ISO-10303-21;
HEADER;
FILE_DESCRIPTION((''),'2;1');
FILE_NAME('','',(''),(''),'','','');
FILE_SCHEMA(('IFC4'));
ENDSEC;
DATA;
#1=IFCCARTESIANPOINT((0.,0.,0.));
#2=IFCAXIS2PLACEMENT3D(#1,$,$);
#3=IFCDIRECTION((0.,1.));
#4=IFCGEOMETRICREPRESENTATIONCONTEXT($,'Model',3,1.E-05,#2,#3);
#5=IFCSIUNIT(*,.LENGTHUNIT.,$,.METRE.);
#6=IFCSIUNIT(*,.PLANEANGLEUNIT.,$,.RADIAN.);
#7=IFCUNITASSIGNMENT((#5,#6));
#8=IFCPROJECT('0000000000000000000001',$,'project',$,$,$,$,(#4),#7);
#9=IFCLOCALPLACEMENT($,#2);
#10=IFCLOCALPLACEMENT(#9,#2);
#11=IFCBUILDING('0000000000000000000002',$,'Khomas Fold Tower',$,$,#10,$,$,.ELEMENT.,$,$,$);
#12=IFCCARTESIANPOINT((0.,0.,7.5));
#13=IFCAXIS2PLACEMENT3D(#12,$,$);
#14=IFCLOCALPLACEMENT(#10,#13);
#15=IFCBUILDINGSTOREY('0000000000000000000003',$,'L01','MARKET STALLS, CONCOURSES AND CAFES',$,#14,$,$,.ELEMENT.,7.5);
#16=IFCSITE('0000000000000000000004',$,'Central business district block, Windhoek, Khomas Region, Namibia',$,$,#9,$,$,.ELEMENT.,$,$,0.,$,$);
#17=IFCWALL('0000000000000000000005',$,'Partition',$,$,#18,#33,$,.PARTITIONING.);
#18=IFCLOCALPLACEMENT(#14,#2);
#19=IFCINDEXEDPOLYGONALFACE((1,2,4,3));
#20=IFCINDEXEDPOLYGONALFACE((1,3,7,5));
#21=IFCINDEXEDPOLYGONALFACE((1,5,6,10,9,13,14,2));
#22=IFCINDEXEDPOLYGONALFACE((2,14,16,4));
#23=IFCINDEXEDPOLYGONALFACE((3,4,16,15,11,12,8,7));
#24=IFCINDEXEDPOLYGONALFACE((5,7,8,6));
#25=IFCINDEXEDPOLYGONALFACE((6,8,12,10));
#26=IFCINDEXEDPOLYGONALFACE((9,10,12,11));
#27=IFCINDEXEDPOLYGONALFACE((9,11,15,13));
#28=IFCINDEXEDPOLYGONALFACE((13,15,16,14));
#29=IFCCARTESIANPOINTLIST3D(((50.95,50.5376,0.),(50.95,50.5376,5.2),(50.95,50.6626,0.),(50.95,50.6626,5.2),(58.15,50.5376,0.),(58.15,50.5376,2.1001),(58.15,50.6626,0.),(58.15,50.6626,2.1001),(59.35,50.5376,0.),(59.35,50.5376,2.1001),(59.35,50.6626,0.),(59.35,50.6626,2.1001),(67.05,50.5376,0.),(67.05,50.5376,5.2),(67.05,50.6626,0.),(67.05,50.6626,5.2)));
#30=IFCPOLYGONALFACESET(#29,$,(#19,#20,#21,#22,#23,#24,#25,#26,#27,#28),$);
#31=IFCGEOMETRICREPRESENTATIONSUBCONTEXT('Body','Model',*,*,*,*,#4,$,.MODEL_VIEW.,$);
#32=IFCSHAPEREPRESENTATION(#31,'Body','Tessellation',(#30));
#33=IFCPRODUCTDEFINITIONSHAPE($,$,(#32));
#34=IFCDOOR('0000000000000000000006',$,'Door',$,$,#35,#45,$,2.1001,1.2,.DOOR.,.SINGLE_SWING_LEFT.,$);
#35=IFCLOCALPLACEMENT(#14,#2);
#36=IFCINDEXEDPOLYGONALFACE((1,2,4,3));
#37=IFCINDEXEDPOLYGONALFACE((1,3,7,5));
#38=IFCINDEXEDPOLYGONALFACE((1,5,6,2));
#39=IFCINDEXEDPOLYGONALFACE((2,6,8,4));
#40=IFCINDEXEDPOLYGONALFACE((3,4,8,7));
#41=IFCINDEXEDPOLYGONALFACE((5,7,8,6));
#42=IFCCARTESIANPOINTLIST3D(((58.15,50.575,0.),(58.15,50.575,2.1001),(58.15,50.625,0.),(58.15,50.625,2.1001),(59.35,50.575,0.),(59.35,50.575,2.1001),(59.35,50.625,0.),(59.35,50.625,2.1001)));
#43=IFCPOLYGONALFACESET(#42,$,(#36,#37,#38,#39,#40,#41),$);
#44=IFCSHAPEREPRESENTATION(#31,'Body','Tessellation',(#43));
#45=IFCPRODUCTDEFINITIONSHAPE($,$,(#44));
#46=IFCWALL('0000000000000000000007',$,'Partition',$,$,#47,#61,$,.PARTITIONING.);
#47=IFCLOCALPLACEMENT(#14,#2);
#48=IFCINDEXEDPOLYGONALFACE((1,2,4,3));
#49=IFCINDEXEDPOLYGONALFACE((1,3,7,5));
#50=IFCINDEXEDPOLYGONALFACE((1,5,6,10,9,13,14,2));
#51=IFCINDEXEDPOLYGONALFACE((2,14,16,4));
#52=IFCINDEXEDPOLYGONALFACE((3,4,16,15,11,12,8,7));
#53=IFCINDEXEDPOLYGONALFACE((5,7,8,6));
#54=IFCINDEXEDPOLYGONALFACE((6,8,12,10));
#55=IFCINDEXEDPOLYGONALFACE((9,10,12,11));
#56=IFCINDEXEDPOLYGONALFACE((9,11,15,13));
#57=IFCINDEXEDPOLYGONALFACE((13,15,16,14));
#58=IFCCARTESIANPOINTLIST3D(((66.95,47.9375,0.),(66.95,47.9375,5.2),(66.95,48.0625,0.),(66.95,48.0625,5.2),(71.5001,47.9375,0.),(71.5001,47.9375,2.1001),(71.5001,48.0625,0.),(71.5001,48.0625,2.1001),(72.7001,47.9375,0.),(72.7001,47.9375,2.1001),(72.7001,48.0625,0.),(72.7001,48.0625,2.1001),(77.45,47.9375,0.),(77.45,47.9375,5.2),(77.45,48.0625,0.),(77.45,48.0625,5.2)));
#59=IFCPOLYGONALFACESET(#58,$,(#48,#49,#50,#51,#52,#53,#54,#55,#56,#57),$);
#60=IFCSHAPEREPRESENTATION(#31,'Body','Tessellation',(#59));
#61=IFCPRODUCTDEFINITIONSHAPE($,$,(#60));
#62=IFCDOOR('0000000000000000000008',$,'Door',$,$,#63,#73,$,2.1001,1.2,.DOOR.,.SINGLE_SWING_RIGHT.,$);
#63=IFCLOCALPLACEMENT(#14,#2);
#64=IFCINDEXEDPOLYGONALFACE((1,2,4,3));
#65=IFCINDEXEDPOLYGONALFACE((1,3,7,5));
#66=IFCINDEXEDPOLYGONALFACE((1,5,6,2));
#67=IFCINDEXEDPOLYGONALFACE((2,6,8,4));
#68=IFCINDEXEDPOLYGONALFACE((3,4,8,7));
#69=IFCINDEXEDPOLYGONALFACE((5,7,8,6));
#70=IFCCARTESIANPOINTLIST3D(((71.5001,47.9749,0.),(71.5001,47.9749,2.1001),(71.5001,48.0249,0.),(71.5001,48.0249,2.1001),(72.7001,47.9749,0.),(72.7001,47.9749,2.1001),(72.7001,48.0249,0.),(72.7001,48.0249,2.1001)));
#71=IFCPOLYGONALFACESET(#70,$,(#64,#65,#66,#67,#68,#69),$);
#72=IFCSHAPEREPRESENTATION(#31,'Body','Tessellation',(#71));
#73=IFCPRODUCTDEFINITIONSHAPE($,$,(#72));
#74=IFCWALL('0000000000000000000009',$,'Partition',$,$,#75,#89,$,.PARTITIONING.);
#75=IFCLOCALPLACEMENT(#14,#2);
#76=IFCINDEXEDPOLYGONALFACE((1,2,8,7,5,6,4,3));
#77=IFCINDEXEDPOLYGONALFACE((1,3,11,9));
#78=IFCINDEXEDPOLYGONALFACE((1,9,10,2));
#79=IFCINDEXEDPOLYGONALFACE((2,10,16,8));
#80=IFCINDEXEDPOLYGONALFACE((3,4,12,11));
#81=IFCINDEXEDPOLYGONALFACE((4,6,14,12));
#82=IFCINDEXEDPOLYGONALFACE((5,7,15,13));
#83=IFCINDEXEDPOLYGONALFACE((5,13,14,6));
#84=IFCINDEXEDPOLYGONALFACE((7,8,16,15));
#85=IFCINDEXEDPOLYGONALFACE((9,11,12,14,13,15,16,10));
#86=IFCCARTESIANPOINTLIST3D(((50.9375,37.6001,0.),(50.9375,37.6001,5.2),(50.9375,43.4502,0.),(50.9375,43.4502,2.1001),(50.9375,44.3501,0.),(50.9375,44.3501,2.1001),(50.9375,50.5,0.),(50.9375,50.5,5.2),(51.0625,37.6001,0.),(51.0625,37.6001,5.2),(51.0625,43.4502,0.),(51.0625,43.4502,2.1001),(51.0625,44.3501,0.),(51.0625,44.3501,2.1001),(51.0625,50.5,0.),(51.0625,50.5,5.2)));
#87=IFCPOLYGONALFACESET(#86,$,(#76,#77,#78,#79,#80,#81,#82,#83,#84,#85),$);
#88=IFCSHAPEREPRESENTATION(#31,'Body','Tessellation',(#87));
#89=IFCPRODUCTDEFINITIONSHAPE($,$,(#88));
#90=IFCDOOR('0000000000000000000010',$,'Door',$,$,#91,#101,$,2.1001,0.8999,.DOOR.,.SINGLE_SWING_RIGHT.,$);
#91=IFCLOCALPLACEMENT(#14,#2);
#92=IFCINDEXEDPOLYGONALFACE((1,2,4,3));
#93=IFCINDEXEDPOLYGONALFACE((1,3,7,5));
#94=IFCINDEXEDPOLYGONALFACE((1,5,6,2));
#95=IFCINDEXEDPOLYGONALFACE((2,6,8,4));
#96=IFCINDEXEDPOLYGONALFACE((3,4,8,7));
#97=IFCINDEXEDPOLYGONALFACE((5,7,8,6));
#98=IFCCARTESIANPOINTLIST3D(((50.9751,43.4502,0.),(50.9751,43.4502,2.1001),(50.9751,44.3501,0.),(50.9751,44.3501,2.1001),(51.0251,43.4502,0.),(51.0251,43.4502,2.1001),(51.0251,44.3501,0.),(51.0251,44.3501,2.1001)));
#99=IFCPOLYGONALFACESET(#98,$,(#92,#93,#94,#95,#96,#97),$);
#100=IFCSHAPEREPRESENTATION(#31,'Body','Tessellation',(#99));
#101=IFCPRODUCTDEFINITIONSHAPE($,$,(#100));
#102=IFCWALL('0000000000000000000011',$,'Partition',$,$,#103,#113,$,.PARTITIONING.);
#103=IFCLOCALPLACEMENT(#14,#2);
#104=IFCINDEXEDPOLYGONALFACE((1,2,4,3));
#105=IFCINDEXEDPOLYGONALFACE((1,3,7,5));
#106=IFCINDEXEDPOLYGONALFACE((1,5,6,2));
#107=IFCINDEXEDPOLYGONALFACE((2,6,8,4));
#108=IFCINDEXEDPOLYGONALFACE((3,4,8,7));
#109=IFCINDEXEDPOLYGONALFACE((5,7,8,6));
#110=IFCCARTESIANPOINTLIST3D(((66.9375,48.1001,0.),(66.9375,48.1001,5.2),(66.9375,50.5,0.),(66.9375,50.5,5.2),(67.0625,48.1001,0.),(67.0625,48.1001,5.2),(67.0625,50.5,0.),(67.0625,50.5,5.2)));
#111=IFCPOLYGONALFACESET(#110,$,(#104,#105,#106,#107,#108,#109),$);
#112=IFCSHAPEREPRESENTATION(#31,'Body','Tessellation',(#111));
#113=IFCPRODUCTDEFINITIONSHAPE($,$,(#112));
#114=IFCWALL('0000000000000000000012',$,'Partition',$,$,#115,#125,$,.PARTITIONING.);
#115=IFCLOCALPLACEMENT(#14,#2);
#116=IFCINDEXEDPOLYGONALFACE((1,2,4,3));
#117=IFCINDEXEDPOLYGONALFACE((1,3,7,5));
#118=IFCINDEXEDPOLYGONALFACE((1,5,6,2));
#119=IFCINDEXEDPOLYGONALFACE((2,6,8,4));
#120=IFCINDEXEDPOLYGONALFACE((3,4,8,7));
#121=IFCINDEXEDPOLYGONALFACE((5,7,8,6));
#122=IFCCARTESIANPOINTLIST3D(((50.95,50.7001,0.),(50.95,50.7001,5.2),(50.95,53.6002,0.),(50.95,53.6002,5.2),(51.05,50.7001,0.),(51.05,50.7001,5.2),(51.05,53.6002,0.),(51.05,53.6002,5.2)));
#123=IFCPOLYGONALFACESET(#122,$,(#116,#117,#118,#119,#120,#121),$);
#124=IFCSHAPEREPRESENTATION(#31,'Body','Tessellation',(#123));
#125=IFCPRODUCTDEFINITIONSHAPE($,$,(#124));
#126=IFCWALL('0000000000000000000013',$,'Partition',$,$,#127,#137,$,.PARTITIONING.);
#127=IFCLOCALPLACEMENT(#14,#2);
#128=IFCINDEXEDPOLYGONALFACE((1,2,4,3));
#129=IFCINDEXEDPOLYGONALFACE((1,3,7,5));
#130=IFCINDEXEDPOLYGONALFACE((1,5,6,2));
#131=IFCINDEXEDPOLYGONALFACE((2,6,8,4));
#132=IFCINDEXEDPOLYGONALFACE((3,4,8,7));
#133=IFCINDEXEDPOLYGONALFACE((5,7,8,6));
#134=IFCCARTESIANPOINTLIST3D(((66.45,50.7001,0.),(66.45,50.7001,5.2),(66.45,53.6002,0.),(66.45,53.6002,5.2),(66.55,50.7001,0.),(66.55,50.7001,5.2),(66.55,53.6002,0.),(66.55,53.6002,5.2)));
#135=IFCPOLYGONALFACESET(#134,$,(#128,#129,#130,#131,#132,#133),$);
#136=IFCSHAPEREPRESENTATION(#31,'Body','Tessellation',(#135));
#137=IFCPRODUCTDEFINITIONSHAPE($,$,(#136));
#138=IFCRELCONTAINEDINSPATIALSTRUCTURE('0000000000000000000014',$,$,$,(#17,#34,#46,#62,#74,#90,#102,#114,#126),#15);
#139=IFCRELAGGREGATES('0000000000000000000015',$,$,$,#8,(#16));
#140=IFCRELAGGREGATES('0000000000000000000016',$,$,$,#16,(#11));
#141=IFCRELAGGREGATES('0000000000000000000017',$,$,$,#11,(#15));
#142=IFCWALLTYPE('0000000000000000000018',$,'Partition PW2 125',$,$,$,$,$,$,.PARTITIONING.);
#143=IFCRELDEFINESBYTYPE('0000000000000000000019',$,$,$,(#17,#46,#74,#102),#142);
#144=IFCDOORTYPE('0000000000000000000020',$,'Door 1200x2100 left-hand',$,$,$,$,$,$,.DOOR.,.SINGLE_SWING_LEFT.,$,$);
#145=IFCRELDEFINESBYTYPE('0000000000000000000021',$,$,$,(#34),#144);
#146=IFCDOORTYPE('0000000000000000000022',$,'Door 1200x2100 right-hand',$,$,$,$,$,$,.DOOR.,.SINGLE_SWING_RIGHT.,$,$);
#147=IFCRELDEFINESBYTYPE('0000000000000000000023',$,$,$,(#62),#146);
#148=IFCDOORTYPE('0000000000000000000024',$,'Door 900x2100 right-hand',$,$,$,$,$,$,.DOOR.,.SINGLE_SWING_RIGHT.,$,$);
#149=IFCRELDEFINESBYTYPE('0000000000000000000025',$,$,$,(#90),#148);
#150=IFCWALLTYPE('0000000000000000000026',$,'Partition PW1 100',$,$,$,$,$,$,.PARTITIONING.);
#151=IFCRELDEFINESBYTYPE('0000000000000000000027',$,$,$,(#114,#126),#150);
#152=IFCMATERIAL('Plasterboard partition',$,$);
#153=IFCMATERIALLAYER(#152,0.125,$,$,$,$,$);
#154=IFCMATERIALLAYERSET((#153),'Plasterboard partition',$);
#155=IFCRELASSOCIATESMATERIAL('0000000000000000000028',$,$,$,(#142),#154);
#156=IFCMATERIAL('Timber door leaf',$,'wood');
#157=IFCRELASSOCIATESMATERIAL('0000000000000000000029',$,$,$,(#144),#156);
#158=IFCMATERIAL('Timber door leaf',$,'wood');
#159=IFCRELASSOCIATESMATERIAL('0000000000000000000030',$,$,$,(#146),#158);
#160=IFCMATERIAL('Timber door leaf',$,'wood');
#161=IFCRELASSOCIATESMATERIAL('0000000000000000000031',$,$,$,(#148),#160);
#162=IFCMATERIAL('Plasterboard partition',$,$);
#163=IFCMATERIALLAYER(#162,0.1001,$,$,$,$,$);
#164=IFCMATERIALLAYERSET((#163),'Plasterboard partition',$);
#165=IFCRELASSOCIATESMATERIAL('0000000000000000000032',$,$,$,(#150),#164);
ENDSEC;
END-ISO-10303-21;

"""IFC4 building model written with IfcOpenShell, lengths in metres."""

from ifc_helpers import new_model, si_unit, direction, frame, frame_2d, origin, place, context, subcontext, project, spatial, rectangle, extrude, source, transform, mapped, material, layer, layer_set, type_object, element, fill, save


model = new_model("IFC4")

# Units and contexts
model_context = context("Model", 3, precision=1e-05, world=origin(), true_north=direction((0.0, 1.0)))
body_context = subcontext(model_context, "Body", "Model", "MODEL_VIEW")
ifc_project = project(units=[si_unit("LENGTHUNIT", "METRE"), si_unit("PLANEANGLEUNIT", "RADIAN")], contexts=[model_context])

# Site, building, storey
site_placement = place(None, origin())
site = spatial("IfcSite", under=ifc_project, at=site_placement, Name="Central business district block, Windhoek, Khomas Region, Namibia", CompositionType="ELEMENT", RefElevation=0.0)
building_placement = place(site_placement, origin())
building = spatial("IfcBuilding", under=site, at=building_placement, Name="Khomas Fold Tower", CompositionType="ELEMENT")
storey_placement = place(building_placement, frame((0.0, 0.0, 7.5)))
storey = spatial("IfcBuildingStorey", under=building, at=storey_placement, Name="L01", Description="MARKET STALLS, CONCOURSES AND CAFES", CompositionType="ELEMENT", Elevation=7.5)

# Shared definitions
shared_shape_1 = source(origin(), body_context, "Body", "SweptSolid", [
    extrude(rectangle(XDim=1.2, YDim=2.1001, at=frame_2d((0.6001, 1.05))), frame((0.0, 0.0249, 0.0), z_axis=(0.0, -1.0, 0.0), x_axis=(1.0, 0.0, 0.0)), (0.0, 0.0, 1.0), 0.05),
])

# Walls, openings, doors
ifc_material_1 = material(Name="Plasterboard partition")
ifc_layer_1 = layer(ifc_material_1, 0.125)
ifc_layer_set_1 = layer_set([ifc_layer_1], Name="Plasterboard partition")
wall_type_1 = type_object("IfcWallType", Name="Partition PW2 125", PredefinedType="PARTITIONING", material=ifc_layer_set_1)
shared_shape_2 = source(origin(), body_context, "Body", "SweptSolid", [
    extrude(rectangle(XDim=16.1001, YDim=0.125, at=frame_2d((8.05, 0.0))), origin(), (0.0, 0.0, 1.0), 5.2),
])
wall_1_placement = place(storey_placement, frame((50.95, 50.6001, 0.0), z_axis=(0.0, 0.0, 1.0), x_axis=(1.0, 0.0, 0.0)))
wall_1 = element("IfcWall", 1, at=wall_1_placement, inside=storey, type_object=wall_type_1, Name="Partition", PredefinedType="PARTITIONING", context=body_context, shape_type="MappedRepresentation", body=[
    mapped(shared_shape_2, transform((0.0, 0.0, 0.0))),
])
shared_shape_3 = source(origin(), body_context, "Body", "SweptSolid", [
    extrude(rectangle(XDim=1.2, YDim=2.1001, at=frame_2d((0.6001, 1.05))), frame((0.0, 0.0725, 0.0), z_axis=(0.0, -1.0, 0.0), x_axis=(1.0, 0.0, 0.0)), (0.0, 0.0, 1.0), 0.145),
])
opening_1_placement = place(wall_1_placement, frame((7.2, 0.0, 0.0)))
opening_1 = element("IfcOpeningElement", 2, at=opening_1_placement, cuts=wall_1, PredefinedType="OPENING", context=body_context, shape_type="MappedRepresentation", body=[
    mapped(shared_shape_3, transform((0.0, 0.0, 0.0))),
])
ifc_material_2 = material(Name="Timber door leaf", Category="wood")
door_type_1 = type_object("IfcDoorType", Name="Door 1200x2100 left-hand", OperationType="SINGLE_SWING_LEFT", PredefinedType="DOOR", material=ifc_material_2)
door_1_placement = place(opening_1_placement, origin())
door_1 = element("IfcDoor", 3, at=door_1_placement, inside=storey, type_object=door_type_1, Name="Door", OperationType="SINGLE_SWING_LEFT", OverallHeight=2.1001, OverallWidth=1.2, PredefinedType="DOOR", context=body_context, shape_type="MappedRepresentation", body=[
    mapped(shared_shape_1, transform((0.0, 0.0, 0.0))),
])
fill(opening_1, door_1)
shared_shape_4 = source(origin(), body_context, "Body", "SweptSolid", [
    extrude(rectangle(XDim=10.5, YDim=0.125, at=frame_2d((5.25, 0.0))), origin(), (0.0, 0.0, 1.0), 5.2),
])
wall_2_placement = place(storey_placement, frame((66.95, 48.0, 0.0), z_axis=(0.0, 0.0, 1.0), x_axis=(1.0, 0.0, 0.0)))
wall_2 = element("IfcWall", 4, at=wall_2_placement, inside=storey, type_object=wall_type_1, Name="Partition", PredefinedType="PARTITIONING", context=body_context, shape_type="MappedRepresentation", body=[
    mapped(shared_shape_4, transform((0.0, 0.0, 0.0))),
])
opening_2_placement = place(wall_2_placement, frame((4.55, 0.0, 0.0)))
opening_2 = element("IfcOpeningElement", 5, at=opening_2_placement, cuts=wall_2, PredefinedType="OPENING", context=body_context, shape_type="MappedRepresentation", body=[
    mapped(shared_shape_3, transform((0.0, 0.0, 0.0))),
])
ifc_material_3 = material(Name="Timber door leaf", Category="wood")
door_type_2 = type_object("IfcDoorType", Name="Door 1200x2100 right-hand", OperationType="SINGLE_SWING_RIGHT", PredefinedType="DOOR", material=ifc_material_3)
door_2_placement = place(opening_2_placement, origin())
door_2 = element("IfcDoor", 6, at=door_2_placement, inside=storey, type_object=door_type_2, Name="Door", OperationType="SINGLE_SWING_RIGHT", OverallHeight=2.1001, OverallWidth=1.2, PredefinedType="DOOR", context=body_context, shape_type="MappedRepresentation", body=[
    mapped(shared_shape_1, transform((0.0, 0.0, 0.0))),
])
fill(opening_2, door_2)
shared_shape_5 = source(origin(), body_context, "Body", "SweptSolid", [
    extrude(rectangle(XDim=12.8999, YDim=0.125, at=frame_2d((6.45, 0.0))), origin(), (0.0, 0.0, 1.0), 5.2),
])
wall_3_placement = place(storey_placement, frame((51.0, 37.6001, 0.0), z_axis=(0.0, 0.0, 1.0), x_axis=(0.0, 1.0, 0.0)))
wall_3 = element("IfcWall", 7, at=wall_3_placement, inside=storey, type_object=wall_type_1, Name="Partition", PredefinedType="PARTITIONING", context=body_context, shape_type="MappedRepresentation", body=[
    mapped(shared_shape_5, transform((0.0, 0.0, 0.0))),
])
shared_shape_6 = source(origin(), body_context, "Body", "SweptSolid", [
    extrude(rectangle(XDim=0.8999, YDim=2.1001, at=frame_2d((0.45, 1.05))), frame((0.0, 0.0725, 0.0), z_axis=(0.0, -1.0, 0.0), x_axis=(1.0, 0.0, 0.0)), (0.0, 0.0, 1.0), 0.145),
])
opening_3_placement = place(wall_3_placement, frame((5.8501, 0.0, 0.0)))
opening_3 = element("IfcOpeningElement", 8, at=opening_3_placement, cuts=wall_3, PredefinedType="OPENING", context=body_context, shape_type="MappedRepresentation", body=[
    mapped(shared_shape_6, transform((0.0, 0.0, 0.0))),
])
ifc_material_4 = material(Name="Timber door leaf", Category="wood")
door_type_3 = type_object("IfcDoorType", Name="Door 900x2100 right-hand", OperationType="SINGLE_SWING_RIGHT", PredefinedType="DOOR", material=ifc_material_4)
shared_shape_7 = source(origin(), body_context, "Body", "SweptSolid", [
    extrude(rectangle(XDim=0.8999, YDim=2.1001, at=frame_2d((0.45, 1.05))), frame((0.0, 0.0249, 0.0), z_axis=(0.0, -1.0, 0.0), x_axis=(1.0, 0.0, 0.0)), (0.0, 0.0, 1.0), 0.05),
])
door_3_placement = place(opening_3_placement, origin())
door_3 = element("IfcDoor", 9, at=door_3_placement, inside=storey, type_object=door_type_3, Name="Door", OperationType="SINGLE_SWING_RIGHT", OverallHeight=2.1001, OverallWidth=0.8999, PredefinedType="DOOR", context=body_context, shape_type="MappedRepresentation", body=[
    mapped(shared_shape_7, transform((0.0, 0.0, 0.0))),
])
fill(opening_3, door_3)

# Walls
shared_shape_8 = source(origin(), body_context, "Body", "SweptSolid", [
    extrude(rectangle(XDim=2.3999, YDim=0.125, at=frame_2d((1.2, 0.0))), origin(), (0.0, 0.0, 1.0), 5.2),
])
wall_4_placement = place(storey_placement, frame((67.0, 48.1001, 0.0), z_axis=(0.0, 0.0, 1.0), x_axis=(0.0, 1.0, 0.0)))
element("IfcWall", 10, at=wall_4_placement, inside=storey, type_object=wall_type_1, Name="Partition", PredefinedType="PARTITIONING", context=body_context, shape_type="MappedRepresentation", body=[
    mapped(shared_shape_8, transform((0.0, 0.0, 0.0))),
])
ifc_material_5 = material(Name="Plasterboard partition")
ifc_layer_2 = layer(ifc_material_5, 0.1001)
ifc_layer_set_2 = layer_set([ifc_layer_2], Name="Plasterboard partition")
wall_type_2 = type_object("IfcWallType", Name="Partition PW1 100", PredefinedType="PARTITIONING", material=ifc_layer_set_2)
shared_shape_9 = source(origin(), body_context, "Body", "SweptSolid", [
    extrude(rectangle(XDim=2.9001, YDim=0.1001, at=frame_2d((1.4502, 0.0))), origin(), (0.0, 0.0, 1.0), 5.2),
])
for number, where, z_axis, x_axis, name in (
    (11, (51.0, 50.7, 0.0), (0.0, 0.0, 1.0), (0.0, 1.0, 0.0), "Partition"),
    (12, (66.5, 50.7, 0.0), (0.0, 0.0, 1.0), (0.0, 1.0, 0.0), "Partition"),
):
    element("IfcWall", number, at=place(storey_placement, frame(where, z_axis=z_axis, x_axis=x_axis)), inside=storey, type_object=wall_type_2, Name=name, PredefinedType="PARTITIONING", context=body_context, shape_type="MappedRepresentation", body=[
        mapped(shared_shape_9, transform((0.0, 0.0, 0.0))),
    ])

save(model, "model.ifc")
